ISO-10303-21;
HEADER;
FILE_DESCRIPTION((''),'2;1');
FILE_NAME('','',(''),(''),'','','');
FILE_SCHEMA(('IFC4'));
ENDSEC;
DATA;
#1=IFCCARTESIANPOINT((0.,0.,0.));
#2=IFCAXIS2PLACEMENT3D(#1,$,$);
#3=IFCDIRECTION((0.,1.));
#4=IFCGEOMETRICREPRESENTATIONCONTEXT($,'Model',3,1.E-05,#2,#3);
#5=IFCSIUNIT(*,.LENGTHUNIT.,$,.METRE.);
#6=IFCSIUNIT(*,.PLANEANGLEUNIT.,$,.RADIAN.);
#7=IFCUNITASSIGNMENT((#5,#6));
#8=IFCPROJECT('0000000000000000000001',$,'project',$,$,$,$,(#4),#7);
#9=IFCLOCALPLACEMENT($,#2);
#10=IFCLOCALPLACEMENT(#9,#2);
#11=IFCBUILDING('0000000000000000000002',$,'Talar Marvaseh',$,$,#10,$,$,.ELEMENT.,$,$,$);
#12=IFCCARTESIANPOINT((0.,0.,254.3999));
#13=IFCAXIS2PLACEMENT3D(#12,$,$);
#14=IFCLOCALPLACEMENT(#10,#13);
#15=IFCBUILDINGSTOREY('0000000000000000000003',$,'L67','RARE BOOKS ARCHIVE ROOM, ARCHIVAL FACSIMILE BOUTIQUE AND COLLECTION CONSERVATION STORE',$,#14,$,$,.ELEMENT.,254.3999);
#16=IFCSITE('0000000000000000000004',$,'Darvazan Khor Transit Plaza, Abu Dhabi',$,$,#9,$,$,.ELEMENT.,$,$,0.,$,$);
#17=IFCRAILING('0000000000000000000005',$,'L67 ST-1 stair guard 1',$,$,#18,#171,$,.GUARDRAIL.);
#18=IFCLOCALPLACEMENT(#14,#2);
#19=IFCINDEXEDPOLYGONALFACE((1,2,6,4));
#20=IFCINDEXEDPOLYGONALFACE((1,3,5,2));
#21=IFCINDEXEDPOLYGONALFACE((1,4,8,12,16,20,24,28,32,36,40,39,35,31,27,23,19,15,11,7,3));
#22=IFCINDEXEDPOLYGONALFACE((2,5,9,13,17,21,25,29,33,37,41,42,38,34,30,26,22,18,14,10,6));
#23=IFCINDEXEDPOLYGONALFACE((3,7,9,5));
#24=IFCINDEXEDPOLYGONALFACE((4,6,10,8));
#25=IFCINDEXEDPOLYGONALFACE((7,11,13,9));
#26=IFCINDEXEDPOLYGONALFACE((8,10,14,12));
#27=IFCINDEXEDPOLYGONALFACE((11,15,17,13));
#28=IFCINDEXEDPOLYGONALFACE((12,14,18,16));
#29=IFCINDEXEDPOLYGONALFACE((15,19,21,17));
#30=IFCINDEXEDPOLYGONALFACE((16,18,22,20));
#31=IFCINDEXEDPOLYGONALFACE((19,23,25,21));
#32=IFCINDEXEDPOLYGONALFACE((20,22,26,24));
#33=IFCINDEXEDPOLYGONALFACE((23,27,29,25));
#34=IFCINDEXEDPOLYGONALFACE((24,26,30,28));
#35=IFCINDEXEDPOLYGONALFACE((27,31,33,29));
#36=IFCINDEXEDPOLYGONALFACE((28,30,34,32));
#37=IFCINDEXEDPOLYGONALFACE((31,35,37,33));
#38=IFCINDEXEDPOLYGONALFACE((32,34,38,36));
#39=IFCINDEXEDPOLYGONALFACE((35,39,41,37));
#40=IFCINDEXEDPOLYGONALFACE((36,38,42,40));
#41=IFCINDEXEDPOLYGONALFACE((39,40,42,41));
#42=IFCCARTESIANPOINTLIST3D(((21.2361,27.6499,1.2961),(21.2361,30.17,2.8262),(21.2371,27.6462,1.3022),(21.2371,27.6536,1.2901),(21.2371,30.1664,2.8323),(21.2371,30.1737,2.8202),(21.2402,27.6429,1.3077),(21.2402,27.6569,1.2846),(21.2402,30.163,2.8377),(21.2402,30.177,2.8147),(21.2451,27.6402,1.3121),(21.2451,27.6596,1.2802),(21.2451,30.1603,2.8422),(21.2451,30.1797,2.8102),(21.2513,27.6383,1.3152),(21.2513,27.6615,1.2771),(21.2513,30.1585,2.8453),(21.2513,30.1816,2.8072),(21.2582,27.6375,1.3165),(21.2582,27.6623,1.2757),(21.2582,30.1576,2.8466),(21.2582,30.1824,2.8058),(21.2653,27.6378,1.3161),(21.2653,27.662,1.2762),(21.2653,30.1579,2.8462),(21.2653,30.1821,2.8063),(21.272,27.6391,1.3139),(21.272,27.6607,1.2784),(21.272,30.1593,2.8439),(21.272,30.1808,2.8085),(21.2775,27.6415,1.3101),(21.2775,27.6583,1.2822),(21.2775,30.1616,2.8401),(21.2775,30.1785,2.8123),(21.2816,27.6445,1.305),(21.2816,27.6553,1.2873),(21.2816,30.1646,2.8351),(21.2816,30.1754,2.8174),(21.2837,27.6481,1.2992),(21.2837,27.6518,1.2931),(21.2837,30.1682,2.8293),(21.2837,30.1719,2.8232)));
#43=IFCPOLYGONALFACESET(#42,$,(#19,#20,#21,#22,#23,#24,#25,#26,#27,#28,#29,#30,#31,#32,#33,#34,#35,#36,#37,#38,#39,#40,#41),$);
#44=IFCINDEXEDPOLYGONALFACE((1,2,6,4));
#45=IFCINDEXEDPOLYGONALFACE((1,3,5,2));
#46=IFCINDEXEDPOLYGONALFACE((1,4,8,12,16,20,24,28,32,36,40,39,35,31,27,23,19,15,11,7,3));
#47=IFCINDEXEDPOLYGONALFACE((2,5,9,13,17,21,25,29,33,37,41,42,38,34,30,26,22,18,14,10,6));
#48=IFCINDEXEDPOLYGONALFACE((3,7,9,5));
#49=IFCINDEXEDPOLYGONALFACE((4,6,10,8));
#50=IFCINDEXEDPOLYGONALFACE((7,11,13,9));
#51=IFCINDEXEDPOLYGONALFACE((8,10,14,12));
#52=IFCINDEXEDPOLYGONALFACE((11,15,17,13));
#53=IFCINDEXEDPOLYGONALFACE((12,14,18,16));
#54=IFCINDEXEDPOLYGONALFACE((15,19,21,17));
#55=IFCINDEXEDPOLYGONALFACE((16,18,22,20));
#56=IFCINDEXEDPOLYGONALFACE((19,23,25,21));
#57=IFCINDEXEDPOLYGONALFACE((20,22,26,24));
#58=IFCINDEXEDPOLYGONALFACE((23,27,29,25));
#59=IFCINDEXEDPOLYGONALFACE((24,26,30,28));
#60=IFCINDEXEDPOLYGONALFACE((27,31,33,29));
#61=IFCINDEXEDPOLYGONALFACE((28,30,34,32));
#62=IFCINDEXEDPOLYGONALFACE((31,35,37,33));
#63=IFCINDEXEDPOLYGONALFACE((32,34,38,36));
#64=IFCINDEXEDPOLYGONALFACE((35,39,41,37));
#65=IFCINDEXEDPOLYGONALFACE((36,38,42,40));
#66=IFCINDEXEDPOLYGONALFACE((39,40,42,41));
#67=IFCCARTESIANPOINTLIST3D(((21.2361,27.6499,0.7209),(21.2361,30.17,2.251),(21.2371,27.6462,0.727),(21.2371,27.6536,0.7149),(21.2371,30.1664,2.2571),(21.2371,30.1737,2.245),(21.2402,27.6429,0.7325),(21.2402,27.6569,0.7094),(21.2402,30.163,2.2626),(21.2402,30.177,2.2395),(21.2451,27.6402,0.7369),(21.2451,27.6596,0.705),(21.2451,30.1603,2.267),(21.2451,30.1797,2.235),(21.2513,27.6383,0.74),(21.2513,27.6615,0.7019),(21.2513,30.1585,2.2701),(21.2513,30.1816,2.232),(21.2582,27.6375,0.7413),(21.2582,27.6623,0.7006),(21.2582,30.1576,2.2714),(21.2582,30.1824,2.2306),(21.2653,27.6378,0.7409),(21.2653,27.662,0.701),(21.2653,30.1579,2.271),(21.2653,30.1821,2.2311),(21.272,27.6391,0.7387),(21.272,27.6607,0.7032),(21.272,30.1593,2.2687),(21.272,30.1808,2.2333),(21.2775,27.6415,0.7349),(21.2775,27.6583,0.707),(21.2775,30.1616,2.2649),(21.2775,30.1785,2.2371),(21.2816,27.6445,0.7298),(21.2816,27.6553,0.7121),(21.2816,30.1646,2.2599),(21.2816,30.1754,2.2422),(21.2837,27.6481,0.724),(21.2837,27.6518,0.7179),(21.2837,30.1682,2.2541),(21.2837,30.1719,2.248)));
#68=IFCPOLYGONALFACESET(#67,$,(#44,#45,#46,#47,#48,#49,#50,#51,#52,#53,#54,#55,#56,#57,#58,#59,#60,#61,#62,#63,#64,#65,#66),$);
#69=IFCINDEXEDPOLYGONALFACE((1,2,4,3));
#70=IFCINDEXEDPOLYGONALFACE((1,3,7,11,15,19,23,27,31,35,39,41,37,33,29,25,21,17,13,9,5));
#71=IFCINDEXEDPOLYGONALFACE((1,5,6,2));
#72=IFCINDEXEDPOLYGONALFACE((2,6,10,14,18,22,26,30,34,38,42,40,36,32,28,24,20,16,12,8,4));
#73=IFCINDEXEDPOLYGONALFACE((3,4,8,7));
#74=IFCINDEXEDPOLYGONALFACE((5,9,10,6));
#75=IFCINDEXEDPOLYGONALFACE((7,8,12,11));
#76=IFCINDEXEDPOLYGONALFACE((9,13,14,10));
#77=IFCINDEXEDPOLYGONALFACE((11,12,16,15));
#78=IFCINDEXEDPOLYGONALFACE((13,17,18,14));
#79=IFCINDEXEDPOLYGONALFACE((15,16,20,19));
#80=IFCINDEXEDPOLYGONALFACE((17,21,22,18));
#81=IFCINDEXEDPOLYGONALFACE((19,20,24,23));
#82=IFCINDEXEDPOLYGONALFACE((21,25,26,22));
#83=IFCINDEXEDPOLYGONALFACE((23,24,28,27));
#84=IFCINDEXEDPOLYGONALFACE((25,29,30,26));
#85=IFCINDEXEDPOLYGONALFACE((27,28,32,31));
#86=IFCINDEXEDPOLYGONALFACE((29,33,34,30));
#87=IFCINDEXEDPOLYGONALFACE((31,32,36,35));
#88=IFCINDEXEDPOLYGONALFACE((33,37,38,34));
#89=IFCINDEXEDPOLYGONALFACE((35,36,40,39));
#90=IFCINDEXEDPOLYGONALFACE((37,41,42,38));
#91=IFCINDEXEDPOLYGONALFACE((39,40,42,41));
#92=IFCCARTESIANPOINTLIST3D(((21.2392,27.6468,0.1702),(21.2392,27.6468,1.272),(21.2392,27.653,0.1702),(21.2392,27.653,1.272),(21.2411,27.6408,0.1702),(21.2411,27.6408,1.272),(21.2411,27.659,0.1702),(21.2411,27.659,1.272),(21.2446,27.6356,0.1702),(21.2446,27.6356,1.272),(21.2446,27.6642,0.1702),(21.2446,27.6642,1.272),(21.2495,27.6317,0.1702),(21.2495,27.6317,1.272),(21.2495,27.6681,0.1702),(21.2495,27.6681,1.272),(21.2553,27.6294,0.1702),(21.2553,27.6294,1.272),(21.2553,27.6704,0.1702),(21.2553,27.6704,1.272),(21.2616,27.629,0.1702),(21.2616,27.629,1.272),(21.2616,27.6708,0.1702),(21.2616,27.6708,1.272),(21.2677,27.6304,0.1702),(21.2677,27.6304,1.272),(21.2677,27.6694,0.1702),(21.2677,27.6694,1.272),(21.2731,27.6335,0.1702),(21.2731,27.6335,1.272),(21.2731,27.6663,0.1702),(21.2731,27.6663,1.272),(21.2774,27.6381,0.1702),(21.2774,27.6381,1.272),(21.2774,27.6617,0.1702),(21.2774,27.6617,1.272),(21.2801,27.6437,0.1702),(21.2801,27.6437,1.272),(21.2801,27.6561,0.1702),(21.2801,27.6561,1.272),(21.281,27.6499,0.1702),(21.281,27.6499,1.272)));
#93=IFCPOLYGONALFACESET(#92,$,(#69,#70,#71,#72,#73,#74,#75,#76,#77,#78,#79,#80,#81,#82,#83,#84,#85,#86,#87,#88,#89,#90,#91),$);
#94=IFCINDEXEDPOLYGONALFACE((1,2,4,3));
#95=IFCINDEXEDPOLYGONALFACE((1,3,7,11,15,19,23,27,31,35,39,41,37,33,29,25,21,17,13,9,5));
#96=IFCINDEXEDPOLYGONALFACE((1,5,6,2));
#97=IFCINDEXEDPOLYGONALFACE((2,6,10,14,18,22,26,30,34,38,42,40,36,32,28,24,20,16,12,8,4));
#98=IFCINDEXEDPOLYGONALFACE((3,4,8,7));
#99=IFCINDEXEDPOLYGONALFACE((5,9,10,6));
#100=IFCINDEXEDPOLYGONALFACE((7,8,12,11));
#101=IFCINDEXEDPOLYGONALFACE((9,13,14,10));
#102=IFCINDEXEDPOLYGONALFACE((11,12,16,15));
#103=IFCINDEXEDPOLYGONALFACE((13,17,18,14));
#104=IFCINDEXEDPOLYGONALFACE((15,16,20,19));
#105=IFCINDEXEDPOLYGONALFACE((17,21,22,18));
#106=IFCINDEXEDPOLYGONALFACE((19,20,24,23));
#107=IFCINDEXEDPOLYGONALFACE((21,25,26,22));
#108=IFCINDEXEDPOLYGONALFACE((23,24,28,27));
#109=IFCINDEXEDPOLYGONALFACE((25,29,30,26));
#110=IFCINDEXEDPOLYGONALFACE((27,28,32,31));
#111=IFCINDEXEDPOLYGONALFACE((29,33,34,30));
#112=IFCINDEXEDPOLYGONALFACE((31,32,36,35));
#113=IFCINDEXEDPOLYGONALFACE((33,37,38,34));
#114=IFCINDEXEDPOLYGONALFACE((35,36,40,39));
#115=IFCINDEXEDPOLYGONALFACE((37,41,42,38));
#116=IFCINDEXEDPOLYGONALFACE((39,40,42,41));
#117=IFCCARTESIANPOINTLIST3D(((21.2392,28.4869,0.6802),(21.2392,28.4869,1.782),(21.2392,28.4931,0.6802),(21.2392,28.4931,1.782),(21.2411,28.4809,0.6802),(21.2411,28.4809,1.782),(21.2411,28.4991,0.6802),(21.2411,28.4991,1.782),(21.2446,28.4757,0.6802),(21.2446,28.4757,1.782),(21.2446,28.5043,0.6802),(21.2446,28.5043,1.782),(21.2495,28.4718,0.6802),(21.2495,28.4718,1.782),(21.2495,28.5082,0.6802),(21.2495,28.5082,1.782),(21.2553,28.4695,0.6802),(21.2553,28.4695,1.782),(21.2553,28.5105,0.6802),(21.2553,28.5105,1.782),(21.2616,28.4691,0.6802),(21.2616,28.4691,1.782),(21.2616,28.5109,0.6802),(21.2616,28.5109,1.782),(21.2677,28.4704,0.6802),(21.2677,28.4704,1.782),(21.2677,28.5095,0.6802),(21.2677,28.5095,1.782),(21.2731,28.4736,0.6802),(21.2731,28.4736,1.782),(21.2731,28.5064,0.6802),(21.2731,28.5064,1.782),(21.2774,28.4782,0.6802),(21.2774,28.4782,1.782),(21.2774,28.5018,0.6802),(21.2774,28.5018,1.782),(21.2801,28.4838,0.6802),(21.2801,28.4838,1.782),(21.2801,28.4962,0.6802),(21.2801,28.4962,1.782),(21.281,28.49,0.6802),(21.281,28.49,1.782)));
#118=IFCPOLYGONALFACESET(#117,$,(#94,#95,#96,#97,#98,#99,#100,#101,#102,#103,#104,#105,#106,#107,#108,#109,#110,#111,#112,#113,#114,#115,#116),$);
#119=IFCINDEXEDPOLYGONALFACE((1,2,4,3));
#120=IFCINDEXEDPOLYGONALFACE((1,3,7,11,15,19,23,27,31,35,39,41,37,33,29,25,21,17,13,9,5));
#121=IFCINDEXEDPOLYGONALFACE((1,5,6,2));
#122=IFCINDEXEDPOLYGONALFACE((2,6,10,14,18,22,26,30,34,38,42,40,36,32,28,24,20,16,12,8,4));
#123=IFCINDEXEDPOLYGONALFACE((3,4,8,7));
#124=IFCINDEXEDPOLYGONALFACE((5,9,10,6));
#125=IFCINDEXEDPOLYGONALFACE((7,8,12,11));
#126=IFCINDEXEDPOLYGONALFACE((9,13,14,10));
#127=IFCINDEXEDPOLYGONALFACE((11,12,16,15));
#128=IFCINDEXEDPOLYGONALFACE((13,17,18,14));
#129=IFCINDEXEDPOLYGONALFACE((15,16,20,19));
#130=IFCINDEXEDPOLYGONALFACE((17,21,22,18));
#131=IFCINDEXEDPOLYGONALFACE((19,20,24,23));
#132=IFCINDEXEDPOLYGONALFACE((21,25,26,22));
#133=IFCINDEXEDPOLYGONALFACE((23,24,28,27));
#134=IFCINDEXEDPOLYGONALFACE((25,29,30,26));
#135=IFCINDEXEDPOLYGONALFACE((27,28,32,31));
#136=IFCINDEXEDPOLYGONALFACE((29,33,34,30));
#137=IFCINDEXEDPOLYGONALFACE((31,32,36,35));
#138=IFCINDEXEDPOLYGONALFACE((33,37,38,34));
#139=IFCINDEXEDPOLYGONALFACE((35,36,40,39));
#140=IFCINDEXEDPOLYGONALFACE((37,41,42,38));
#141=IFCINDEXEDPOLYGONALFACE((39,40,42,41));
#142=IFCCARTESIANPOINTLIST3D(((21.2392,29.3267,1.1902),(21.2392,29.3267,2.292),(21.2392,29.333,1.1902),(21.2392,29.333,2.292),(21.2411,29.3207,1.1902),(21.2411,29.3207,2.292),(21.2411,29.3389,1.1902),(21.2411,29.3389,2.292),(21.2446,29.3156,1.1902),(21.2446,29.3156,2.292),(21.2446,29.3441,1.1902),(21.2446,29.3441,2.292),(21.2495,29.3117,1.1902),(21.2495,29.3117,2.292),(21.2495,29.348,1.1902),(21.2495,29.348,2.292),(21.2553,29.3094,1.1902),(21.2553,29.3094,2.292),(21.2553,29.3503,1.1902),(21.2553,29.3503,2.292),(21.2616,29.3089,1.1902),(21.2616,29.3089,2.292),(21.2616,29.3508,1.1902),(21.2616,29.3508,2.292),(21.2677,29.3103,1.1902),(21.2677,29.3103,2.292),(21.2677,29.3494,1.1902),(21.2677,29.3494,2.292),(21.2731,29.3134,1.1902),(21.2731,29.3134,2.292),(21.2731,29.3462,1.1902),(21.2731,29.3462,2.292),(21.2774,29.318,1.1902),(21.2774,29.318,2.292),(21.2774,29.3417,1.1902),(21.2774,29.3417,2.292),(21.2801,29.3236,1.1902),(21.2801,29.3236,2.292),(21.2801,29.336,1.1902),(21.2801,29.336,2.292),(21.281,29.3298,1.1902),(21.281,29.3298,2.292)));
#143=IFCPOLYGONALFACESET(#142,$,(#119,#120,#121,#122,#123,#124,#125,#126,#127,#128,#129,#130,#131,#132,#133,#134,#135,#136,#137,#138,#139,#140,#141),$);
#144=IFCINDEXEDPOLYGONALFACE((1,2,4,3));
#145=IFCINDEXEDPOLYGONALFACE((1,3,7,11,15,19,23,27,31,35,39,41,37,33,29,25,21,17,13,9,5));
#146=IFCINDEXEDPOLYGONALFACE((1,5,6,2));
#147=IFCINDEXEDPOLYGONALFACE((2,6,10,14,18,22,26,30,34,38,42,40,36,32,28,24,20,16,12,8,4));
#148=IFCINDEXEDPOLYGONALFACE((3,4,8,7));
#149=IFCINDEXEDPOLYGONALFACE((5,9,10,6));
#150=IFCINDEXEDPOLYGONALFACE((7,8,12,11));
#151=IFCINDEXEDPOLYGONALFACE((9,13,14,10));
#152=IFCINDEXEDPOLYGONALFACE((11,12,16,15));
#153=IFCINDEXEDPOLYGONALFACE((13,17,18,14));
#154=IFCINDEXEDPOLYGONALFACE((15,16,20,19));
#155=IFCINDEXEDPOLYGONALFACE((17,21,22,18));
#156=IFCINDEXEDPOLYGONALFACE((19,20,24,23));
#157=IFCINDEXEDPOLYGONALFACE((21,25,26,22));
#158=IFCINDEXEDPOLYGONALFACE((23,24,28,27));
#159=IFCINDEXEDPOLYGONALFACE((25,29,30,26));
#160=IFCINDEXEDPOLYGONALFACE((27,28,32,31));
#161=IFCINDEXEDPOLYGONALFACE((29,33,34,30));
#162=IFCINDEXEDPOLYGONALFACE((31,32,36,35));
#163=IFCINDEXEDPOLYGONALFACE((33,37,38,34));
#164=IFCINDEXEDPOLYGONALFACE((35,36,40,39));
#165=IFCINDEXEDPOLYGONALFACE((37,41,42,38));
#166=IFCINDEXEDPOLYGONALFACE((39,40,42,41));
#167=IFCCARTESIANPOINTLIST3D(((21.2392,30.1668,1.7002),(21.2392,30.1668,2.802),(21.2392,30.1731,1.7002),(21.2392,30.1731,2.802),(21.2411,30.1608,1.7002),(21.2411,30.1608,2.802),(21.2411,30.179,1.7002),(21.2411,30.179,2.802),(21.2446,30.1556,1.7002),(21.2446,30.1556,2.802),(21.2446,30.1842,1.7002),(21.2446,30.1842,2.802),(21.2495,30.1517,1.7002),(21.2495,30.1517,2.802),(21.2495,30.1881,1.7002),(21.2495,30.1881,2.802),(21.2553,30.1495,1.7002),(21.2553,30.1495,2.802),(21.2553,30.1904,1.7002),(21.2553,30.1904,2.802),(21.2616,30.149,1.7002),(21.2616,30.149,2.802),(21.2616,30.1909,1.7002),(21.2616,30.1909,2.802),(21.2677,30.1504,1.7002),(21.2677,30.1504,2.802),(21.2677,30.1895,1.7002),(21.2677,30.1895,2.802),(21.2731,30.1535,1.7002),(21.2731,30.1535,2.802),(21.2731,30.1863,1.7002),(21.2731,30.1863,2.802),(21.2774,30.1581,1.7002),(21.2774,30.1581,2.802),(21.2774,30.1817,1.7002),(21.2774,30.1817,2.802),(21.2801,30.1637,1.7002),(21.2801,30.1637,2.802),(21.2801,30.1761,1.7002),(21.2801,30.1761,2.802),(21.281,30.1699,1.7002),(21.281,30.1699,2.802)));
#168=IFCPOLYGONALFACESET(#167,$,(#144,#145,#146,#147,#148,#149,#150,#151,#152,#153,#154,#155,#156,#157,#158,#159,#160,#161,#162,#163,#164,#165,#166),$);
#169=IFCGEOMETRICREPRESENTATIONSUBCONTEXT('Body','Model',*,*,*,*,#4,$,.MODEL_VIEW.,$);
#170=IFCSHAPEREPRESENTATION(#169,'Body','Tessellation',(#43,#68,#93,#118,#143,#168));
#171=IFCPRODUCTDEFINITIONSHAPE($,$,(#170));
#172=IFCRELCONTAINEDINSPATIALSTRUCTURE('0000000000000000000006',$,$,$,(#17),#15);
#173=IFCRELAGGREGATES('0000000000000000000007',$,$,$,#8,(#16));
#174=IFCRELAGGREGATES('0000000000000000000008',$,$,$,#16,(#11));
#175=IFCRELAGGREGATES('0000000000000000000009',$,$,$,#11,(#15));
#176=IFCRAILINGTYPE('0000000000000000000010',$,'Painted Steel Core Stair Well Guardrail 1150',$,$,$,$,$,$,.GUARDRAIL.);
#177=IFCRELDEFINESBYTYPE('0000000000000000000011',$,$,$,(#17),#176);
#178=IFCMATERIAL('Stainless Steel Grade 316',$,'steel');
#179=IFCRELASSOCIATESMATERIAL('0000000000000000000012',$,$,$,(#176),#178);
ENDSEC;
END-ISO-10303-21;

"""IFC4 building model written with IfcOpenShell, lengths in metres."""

from ifc_helpers import new_model, si_unit, direction, frame, origin, origin_2d, place, context, subcontext, project, spatial, circle, extrude, material, type_object, element, save


model = new_model("IFC4")

# Units and contexts
model_context = context("Model", 3, precision=1e-05, world=origin(), true_north=direction((0.0, 1.0)))
body_context = subcontext(model_context, "Body", "Model", "MODEL_VIEW")
ifc_project = project(units=[si_unit("LENGTHUNIT", "METRE"), si_unit("PLANEANGLEUNIT", "RADIAN")], contexts=[model_context])

# Site, building, storey
site_placement = place(None, origin())
site = spatial("IfcSite", under=ifc_project, at=site_placement, Name="Darvazan Khor Transit Plaza, Abu Dhabi", CompositionType="ELEMENT", RefElevation=0.0)
building_placement = place(site_placement, origin())
building = spatial("IfcBuilding", under=site, at=building_placement, Name="Talar Marvaseh", CompositionType="ELEMENT")
storey_placement = place(building_placement, frame((0.0, 0.0, 254.3999)))
storey = spatial("IfcBuildingStorey", under=building, at=storey_placement, Name="L67", Description="RARE BOOKS ARCHIVE ROOM, ARCHIVAL FACSIMILE BOUTIQUE AND COLLECTION CONSERVATION STORE", CompositionType="ELEMENT", Elevation=254.3999)

# Railing
ifc_material_1 = material(Name="Stainless Steel Grade 316", Category="steel")
railing_type_1 = type_object("IfcRailingType", Name="Painted Steel Core Stair Well Guardrail 1150", PredefinedType="GUARDRAIL", material=ifc_material_1)
railing_1_placement = place(storey_placement, frame((21.26, 27.6499, 0.1702)))
element("IfcRailing", 1, at=railing_1_placement, inside=storey, type_object=railing_type_1, Name="L67 ST-1 stair guard 1", PredefinedType="GUARDRAIL", context=body_context, shape_type="SweptSolid", body=[
    extrude(circle(Radius=0.0239, at=origin_2d()), frame((0.0, 0.0, 1.126), z_axis=(0.0, 0.854785, 0.518982), x_axis=(-1.0, 0.0, 0.0)), (0.0, 0.0, 1.0), 2.9482),
    extrude(circle(Radius=0.0239, at=origin_2d()), frame((0.0, 0.0, 0.5508), z_axis=(0.0, 0.854785, 0.518982), x_axis=(-1.0, 0.0, 0.0)), (0.0, 0.0, 1.0), 2.9482),
    extrude(circle(Radius=0.021, at=origin_2d()), origin(), (0.0, 0.0, 1.0), 1.1018),
    extrude(circle(Radius=0.021, at=origin_2d()), frame((0.0, 0.8401, 0.51)), (0.0, 0.0, 1.0), 1.1018),
    extrude(circle(Radius=0.021, at=origin_2d()), frame((0.0, 1.6799, 1.02)), (0.0, 0.0, 1.0), 1.1018),
    extrude(circle(Radius=0.021, at=origin_2d()), frame((0.0, 2.52, 1.53)), (0.0, 0.0, 1.0), 1.1018),
])

save(model, "model.ifc")
